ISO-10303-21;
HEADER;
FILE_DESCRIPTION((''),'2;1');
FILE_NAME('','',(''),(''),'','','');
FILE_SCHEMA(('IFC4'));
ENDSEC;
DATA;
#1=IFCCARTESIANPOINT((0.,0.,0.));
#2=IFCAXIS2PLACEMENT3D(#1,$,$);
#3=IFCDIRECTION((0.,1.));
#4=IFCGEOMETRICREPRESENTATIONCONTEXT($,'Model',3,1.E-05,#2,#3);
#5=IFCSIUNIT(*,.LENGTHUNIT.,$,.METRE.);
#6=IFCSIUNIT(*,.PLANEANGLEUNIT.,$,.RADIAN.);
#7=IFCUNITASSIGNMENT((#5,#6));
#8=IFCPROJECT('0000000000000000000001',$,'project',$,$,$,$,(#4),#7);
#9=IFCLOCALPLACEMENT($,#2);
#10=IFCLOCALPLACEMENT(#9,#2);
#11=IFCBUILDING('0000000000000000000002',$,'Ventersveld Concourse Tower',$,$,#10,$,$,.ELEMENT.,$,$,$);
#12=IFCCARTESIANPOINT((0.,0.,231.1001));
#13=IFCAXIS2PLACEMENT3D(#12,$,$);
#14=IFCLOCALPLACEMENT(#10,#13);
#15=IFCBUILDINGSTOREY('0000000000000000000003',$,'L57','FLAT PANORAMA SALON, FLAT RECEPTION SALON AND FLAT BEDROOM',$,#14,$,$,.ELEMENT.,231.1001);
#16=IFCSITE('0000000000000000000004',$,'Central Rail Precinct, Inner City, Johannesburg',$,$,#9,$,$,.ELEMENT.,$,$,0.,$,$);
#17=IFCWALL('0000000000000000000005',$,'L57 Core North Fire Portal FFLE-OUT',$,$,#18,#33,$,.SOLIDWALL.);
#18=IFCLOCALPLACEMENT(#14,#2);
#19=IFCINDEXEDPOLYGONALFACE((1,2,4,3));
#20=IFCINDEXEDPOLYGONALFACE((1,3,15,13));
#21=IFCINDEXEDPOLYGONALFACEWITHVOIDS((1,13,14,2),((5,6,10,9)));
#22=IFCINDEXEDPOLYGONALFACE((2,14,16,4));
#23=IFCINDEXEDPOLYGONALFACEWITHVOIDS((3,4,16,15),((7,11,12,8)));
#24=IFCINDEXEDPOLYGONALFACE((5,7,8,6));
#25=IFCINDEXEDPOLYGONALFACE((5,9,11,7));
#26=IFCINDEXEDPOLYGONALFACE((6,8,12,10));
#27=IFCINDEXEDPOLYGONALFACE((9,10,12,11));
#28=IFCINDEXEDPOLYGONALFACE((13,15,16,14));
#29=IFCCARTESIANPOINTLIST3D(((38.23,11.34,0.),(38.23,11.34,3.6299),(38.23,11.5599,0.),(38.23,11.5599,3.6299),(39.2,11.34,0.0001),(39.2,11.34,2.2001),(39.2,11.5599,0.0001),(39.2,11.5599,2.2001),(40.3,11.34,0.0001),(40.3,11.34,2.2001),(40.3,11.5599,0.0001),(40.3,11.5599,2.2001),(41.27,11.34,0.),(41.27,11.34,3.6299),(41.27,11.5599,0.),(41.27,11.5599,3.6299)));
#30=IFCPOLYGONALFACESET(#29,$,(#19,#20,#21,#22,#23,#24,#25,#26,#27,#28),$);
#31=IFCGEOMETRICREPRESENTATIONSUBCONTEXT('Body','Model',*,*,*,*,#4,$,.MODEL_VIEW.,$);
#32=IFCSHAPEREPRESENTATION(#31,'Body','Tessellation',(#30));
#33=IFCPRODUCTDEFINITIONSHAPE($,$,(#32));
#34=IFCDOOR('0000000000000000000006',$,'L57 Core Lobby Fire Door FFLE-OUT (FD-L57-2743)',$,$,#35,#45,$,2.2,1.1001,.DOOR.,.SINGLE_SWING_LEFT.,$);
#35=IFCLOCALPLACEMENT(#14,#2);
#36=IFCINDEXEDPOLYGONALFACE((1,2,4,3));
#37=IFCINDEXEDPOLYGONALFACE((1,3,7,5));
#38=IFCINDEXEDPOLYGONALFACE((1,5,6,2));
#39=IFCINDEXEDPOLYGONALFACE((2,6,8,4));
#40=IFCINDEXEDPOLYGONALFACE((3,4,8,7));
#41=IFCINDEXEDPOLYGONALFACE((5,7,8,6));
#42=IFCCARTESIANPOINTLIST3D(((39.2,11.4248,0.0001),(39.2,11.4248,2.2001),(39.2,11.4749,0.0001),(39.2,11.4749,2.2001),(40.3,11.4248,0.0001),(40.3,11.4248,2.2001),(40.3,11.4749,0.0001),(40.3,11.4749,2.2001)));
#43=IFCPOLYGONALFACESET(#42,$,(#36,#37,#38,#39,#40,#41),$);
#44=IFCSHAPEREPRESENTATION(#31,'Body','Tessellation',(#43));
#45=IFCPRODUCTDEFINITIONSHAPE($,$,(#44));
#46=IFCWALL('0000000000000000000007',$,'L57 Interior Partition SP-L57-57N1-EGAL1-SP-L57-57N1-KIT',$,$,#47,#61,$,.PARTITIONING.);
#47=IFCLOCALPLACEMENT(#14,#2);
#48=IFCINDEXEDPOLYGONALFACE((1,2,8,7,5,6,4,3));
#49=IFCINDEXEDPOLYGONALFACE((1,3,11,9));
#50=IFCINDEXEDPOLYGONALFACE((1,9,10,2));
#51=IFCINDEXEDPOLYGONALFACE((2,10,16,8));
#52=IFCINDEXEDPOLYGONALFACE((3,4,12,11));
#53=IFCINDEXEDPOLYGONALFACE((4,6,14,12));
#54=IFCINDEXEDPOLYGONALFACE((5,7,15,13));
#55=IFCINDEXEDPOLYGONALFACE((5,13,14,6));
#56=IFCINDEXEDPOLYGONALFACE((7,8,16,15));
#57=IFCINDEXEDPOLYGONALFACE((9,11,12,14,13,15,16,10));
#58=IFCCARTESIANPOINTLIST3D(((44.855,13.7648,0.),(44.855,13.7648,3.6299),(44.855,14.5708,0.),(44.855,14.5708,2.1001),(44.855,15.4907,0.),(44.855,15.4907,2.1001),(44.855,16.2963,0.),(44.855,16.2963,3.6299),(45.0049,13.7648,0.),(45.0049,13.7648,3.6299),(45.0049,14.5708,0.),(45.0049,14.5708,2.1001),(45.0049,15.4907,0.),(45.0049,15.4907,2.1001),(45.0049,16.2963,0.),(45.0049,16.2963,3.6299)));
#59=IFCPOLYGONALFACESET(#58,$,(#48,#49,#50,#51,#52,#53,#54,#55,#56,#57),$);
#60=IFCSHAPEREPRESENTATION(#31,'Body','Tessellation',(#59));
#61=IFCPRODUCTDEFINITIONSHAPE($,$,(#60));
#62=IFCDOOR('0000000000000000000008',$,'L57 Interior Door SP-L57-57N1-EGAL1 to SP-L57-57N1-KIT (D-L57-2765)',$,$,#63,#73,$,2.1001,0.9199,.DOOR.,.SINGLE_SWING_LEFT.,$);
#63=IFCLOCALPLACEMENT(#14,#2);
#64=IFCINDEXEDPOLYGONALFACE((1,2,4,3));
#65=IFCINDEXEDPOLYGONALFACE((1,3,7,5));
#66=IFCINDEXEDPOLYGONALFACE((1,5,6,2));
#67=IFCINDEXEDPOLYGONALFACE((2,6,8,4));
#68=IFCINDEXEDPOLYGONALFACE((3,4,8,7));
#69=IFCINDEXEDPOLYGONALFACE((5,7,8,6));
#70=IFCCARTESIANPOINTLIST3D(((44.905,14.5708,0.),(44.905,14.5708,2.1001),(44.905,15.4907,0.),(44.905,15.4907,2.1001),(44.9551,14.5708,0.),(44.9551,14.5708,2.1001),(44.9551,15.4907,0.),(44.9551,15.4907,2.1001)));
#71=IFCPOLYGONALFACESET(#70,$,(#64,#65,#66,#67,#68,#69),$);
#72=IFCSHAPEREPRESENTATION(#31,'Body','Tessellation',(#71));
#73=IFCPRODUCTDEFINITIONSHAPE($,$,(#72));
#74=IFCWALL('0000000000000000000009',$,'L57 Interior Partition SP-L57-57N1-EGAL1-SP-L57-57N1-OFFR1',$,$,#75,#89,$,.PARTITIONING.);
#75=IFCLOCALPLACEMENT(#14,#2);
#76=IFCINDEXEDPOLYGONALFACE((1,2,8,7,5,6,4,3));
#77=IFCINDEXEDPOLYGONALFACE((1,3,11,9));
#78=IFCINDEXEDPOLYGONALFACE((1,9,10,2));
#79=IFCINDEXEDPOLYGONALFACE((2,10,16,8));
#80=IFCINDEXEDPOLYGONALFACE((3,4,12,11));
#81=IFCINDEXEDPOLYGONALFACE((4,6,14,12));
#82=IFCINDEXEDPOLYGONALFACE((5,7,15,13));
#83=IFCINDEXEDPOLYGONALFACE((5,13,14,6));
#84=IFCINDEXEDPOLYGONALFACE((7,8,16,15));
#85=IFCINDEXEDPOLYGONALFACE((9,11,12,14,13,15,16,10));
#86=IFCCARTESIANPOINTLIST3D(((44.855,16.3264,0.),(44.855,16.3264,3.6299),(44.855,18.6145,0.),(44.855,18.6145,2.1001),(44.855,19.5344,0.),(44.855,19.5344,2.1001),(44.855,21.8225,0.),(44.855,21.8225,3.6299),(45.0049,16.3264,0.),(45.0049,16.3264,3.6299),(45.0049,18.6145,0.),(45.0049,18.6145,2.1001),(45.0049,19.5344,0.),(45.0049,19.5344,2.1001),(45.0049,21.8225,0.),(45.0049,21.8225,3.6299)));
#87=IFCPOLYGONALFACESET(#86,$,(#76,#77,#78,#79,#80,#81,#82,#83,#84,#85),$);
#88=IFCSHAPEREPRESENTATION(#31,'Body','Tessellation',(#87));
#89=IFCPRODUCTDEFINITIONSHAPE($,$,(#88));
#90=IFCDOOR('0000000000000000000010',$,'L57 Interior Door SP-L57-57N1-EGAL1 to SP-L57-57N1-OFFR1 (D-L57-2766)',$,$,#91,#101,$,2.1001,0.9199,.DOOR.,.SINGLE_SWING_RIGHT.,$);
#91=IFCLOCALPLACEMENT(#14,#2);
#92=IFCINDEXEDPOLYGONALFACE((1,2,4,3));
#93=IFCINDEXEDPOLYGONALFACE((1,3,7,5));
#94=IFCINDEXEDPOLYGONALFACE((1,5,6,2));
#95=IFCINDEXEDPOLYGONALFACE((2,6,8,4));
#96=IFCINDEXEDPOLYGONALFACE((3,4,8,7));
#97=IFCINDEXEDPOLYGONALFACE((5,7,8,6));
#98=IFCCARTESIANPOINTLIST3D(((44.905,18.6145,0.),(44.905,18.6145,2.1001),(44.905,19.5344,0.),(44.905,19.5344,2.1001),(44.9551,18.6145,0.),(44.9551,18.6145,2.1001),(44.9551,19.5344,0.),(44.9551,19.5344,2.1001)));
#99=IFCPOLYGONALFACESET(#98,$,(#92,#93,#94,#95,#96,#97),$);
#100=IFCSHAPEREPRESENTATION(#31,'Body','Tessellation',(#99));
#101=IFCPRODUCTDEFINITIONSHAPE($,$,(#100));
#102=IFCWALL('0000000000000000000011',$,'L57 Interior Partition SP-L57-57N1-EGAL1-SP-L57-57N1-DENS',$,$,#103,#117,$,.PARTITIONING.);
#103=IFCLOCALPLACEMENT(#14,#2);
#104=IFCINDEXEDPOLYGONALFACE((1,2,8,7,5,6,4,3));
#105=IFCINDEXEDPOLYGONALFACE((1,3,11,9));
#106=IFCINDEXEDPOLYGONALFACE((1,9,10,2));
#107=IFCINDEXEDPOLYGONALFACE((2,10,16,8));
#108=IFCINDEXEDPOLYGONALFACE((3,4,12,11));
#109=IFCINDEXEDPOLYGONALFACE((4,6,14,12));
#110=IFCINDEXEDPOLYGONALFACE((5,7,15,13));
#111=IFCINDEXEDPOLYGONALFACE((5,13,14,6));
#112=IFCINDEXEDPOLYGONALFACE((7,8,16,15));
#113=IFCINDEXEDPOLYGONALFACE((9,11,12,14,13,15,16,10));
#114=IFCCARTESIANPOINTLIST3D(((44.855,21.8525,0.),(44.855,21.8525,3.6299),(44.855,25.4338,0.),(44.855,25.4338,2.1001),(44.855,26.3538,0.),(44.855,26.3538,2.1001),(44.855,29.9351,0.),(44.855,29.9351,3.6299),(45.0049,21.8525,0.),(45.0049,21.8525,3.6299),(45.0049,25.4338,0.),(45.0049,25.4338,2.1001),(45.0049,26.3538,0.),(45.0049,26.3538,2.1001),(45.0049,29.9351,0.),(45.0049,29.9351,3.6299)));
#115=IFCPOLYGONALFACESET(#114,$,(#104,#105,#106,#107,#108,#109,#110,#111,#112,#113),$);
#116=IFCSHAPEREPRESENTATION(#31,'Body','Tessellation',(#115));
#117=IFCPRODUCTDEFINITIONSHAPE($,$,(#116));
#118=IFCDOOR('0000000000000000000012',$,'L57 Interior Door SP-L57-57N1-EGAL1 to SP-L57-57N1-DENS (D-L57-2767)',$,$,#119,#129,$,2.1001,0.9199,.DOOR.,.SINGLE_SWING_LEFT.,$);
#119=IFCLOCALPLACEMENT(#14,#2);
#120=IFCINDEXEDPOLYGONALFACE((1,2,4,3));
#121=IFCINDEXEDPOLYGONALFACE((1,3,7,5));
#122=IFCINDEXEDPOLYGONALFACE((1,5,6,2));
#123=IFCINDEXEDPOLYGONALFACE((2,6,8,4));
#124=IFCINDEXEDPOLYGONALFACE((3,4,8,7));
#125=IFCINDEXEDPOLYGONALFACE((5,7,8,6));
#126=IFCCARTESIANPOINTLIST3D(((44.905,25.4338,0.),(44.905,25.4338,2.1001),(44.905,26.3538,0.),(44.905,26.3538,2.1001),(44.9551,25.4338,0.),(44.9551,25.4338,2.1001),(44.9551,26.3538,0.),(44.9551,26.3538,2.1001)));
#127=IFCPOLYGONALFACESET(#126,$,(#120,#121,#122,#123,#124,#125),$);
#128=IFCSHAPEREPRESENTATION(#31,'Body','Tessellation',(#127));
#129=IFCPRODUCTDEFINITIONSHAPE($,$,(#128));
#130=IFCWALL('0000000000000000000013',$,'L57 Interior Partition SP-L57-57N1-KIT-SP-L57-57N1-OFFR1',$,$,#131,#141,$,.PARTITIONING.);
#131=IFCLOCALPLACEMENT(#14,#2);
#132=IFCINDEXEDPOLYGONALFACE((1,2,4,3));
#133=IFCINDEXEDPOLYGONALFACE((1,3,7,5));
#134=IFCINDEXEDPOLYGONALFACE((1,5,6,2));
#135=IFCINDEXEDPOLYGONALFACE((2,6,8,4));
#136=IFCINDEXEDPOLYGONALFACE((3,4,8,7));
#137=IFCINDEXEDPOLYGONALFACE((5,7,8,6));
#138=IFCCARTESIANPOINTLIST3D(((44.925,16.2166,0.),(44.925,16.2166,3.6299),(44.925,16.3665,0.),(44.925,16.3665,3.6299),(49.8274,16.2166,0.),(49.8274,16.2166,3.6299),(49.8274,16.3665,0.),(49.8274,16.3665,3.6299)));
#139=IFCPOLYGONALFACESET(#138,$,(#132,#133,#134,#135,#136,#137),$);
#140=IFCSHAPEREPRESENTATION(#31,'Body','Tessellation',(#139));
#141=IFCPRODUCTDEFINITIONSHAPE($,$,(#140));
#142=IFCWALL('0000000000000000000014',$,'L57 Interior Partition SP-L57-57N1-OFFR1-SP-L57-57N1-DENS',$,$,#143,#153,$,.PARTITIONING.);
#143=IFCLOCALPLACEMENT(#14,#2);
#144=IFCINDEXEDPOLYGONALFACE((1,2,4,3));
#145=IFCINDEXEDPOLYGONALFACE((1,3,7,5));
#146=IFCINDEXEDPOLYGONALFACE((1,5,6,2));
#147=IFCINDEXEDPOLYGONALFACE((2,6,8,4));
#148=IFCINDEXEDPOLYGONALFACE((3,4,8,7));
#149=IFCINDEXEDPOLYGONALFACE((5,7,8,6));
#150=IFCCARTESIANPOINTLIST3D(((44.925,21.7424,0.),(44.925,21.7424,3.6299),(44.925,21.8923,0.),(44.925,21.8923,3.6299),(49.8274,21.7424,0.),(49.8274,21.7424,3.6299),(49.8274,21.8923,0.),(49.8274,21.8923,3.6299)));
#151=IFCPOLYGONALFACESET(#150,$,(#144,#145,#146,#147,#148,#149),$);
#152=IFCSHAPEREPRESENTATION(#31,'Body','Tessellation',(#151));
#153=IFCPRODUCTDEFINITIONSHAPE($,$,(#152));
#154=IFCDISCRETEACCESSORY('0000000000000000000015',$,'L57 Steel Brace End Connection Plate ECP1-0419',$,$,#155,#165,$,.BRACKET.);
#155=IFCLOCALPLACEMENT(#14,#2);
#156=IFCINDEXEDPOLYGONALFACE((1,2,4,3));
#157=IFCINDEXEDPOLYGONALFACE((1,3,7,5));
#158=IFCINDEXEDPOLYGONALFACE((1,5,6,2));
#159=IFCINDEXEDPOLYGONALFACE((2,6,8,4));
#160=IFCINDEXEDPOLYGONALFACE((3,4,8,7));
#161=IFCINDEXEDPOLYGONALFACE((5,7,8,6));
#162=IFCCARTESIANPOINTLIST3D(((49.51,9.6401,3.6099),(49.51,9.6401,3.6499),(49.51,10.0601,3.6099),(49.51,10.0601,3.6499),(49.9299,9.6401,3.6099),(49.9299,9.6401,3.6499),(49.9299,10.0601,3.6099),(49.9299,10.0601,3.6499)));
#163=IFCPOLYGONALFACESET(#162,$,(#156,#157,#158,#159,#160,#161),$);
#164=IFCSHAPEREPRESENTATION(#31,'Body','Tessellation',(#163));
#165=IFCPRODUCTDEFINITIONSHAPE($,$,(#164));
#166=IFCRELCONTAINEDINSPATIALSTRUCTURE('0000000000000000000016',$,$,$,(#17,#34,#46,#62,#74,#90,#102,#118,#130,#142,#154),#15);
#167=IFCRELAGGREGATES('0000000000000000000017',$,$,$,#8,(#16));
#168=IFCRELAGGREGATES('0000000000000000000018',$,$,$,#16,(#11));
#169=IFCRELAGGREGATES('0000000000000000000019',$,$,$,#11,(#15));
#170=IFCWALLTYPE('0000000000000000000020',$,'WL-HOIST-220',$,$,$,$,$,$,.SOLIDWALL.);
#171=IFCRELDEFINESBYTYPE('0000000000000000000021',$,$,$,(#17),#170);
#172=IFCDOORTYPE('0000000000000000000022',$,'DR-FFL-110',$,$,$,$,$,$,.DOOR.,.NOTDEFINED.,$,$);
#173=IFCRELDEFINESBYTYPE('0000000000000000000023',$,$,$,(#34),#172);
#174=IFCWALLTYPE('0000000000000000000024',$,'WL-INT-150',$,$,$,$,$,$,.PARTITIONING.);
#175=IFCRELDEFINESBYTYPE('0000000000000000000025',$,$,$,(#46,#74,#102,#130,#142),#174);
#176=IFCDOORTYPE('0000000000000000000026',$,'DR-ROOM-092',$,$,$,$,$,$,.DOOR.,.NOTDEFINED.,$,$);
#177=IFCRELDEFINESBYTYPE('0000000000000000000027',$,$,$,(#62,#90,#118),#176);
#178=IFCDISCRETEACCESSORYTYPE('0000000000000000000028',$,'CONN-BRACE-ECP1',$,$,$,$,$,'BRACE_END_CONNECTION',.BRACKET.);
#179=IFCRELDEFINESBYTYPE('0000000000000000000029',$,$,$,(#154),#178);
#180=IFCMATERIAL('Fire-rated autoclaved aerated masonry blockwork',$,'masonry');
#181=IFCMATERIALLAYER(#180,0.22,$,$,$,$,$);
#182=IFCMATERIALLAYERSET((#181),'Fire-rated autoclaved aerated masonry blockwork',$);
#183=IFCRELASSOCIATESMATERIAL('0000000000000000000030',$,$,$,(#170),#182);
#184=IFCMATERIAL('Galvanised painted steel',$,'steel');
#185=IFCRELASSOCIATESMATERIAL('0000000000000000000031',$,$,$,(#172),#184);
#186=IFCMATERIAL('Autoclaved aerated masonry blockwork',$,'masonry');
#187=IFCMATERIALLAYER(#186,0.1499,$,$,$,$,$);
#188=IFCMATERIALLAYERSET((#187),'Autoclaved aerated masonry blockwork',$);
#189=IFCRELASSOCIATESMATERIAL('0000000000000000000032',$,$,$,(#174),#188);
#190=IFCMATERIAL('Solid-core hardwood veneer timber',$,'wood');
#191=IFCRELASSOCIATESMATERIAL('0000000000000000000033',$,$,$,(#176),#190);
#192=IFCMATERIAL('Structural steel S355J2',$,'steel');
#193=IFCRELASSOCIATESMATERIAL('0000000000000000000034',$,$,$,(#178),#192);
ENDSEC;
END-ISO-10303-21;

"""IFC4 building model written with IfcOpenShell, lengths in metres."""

from ifc_helpers import new_model, si_unit, direction, frame, frame_2d, origin, origin_2d, place, context, subcontext, project, spatial, rectangle, extrude, material, layer, layer_set, type_object, element, fill, save


model = new_model("IFC4")

# Units and contexts
model_context = context("Model", 3, precision=1e-05, world=origin(), true_north=direction((0.0, 1.0)))
body_context = subcontext(model_context, "Body", "Model", "MODEL_VIEW")
ifc_project = project(units=[si_unit("LENGTHUNIT", "METRE"), si_unit("PLANEANGLEUNIT", "RADIAN")], contexts=[model_context])

# Site, building, storey
site_placement = place(None, origin())
site = spatial("IfcSite", under=ifc_project, at=site_placement, Name="Central Rail Precinct, Inner City, Johannesburg", CompositionType="ELEMENT", RefElevation=0.0)
building_placement = place(site_placement, origin())
building = spatial("IfcBuilding", under=site, at=building_placement, Name="Ventersveld Concourse Tower", CompositionType="ELEMENT")
storey_placement = place(building_placement, frame((0.0, 0.0, 231.1001)))
storey = spatial("IfcBuildingStorey", under=building, at=storey_placement, Name="L57", Description="FLAT PANORAMA SALON, FLAT RECEPTION SALON AND FLAT BEDROOM", CompositionType="ELEMENT", Elevation=231.1001)

# Shared definitions
ifc_material_1 = material(Name="Structural steel S355J2", Category="steel")

# Shared definitions
ifc_material_2 = material(Name="Fire-rated autoclaved aerated masonry blockwork", Category="masonry")

# Walls, openings, doors
ifc_layer_1 = layer(ifc_material_2, 0.22)
ifc_layer_set_1 = layer_set([ifc_layer_1], Name="Fire-rated autoclaved aerated masonry blockwork")
wall_type_1 = type_object("IfcWallType", Name="WL-HOIST-220", PredefinedType="SOLIDWALL", material=ifc_layer_set_1)
ifc_material_3 = material(Name="Galvanised painted steel", Category="steel")
door_type_1 = type_object("IfcDoorType", Name="DR-FFL-110", OperationType="NOTDEFINED", PredefinedType="DOOR", material=ifc_material_3)
wall_1_placement = place(storey_placement, frame((38.23, 11.45, 0.0), z_axis=(0.0, 0.0, 1.0), x_axis=(1.0, 0.0, 0.0)))
wall_1 = element("IfcWall", 1, at=wall_1_placement, inside=storey, type_object=wall_type_1, Name="L57 Core North Fire Portal FFLE-OUT", PredefinedType="SOLIDWALL", context=body_context, shape_type="SweptSolid", body=[
    extrude(rectangle(XDim=3.04, YDim=0.22, at=frame_2d((1.52, 0.0))), origin(), (0.0, 0.0, 1.0), 3.6299),
])
opening_1_placement = place(wall_1_placement, frame((0.97, 0.0, 0.0)))
opening_1 = element("IfcOpeningElement", 2, at=opening_1_placement, cuts=wall_1, PredefinedType="OPENING", context=body_context, shape_type="SweptSolid", body=[
    extrude(rectangle(XDim=1.1001, YDim=2.2, at=frame_2d((0.55, 1.1001))), frame((0.0, 0.1201, 0.0), z_axis=(0.0, -1.0, 0.0), x_axis=(1.0, 0.0, 0.0)), (0.0, 0.0, 1.0), 0.24),
])
door_1_placement = place(opening_1_placement, origin())
door_1 = element("IfcDoor", 3, at=door_1_placement, inside=storey, type_object=door_type_1, Name="L57 Core Lobby Fire Door FFLE-OUT (FD-L57-2743)", OperationType="SINGLE_SWING_LEFT", OverallHeight=2.2, OverallWidth=1.1001, PredefinedType="DOOR", context=body_context, shape_type="SweptSolid", body=[
    extrude(rectangle(XDim=1.1001, YDim=2.2, at=frame_2d((0.55, 1.1001))), frame((0.0, 0.0249, 0.0), z_axis=(0.0, -1.0, 0.0), x_axis=(1.0, 0.0, 0.0)), (0.0, 0.0, 1.0), 0.05),
])
fill(opening_1, door_1)
ifc_material_4 = material(Name="Autoclaved aerated masonry blockwork", Category="masonry")
ifc_layer_2 = layer(ifc_material_4, 0.1499)
ifc_layer_set_2 = layer_set([ifc_layer_2], Name="Autoclaved aerated masonry blockwork")
wall_type_2 = type_object("IfcWallType", Name="WL-INT-150", PredefinedType="PARTITIONING", material=ifc_layer_set_2)
wall_2_placement = place(storey_placement, frame((44.9299, 13.7649, 0.0), z_axis=(0.0, 0.0, 1.0), x_axis=(0.0, 1.0, 0.0)))
wall_2 = element("IfcWall", 4, at=wall_2_placement, inside=storey, type_object=wall_type_2, Name="L57 Interior Partition SP-L57-57N1-EGAL1-SP-L57-57N1-KIT", PredefinedType="PARTITIONING", context=body_context, shape_type="SweptSolid", body=[
    extrude(rectangle(XDim=2.5315, YDim=0.1499, at=frame_2d((1.2656, 0.0))), origin(), (0.0, 0.0, 1.0), 3.6299),
])
opening_2_placement = place(wall_2_placement, frame((0.8059, 0.0, 0.0)))
opening_2 = element("IfcOpeningElement", 5, at=opening_2_placement, cuts=wall_2, PredefinedType="OPENING", context=body_context, shape_type="SweptSolid", body=[
    extrude(rectangle(XDim=0.9199, YDim=2.1001, at=frame_2d((0.46, 1.05))), frame((0.0, 0.085, 0.0), z_axis=(0.0, -1.0, 0.0), x_axis=(1.0, 0.0, 0.0)), (0.0, 0.0, 1.0), 0.1699),
])
ifc_material_5 = material(Name="Solid-core hardwood veneer timber", Category="wood")
door_type_2 = type_object("IfcDoorType", Name="DR-ROOM-092", OperationType="NOTDEFINED", PredefinedType="DOOR", material=ifc_material_5)
door_2_placement = place(opening_2_placement, origin())
door_2 = element("IfcDoor", 6, at=door_2_placement, inside=storey, type_object=door_type_2, Name="L57 Interior Door SP-L57-57N1-EGAL1 to SP-L57-57N1-KIT (D-L57-2765)", OperationType="SINGLE_SWING_LEFT", OverallHeight=2.1001, OverallWidth=0.9199, PredefinedType="DOOR", context=body_context, shape_type="SweptSolid", body=[
    extrude(rectangle(XDim=0.9199, YDim=2.1001, at=frame_2d((0.46, 1.05))), frame((0.0, 0.0249, 0.0), z_axis=(0.0, -1.0, 0.0), x_axis=(1.0, 0.0, 0.0)), (0.0, 0.0, 1.0), 0.05),
])
fill(opening_2, door_2)
wall_3_placement = place(storey_placement, frame((44.9299, 16.3264, 0.0), z_axis=(0.0, 0.0, 1.0), x_axis=(0.0, 1.0, 0.0)))
wall_3 = element("IfcWall", 7, at=wall_3_placement, inside=storey, type_object=wall_type_2, Name="L57 Interior Partition SP-L57-57N1-EGAL1-SP-L57-57N1-OFFR1", PredefinedType="PARTITIONING", context=body_context, shape_type="SweptSolid", body=[
    extrude(rectangle(XDim=5.4961, YDim=0.1499, at=frame_2d((2.748, 0.0))), origin(), (0.0, 0.0, 1.0), 3.6299),
])
opening_3_placement = place(wall_3_placement, frame((2.2881, 0.0, 0.0)))
opening_3 = element("IfcOpeningElement", 8, at=opening_3_placement, cuts=wall_3, PredefinedType="OPENING", context=body_context, shape_type="SweptSolid", body=[
    extrude(rectangle(XDim=0.9199, YDim=2.1001, at=frame_2d((0.46, 1.05))), frame((0.0, 0.085, 0.0), z_axis=(0.0, -1.0, 0.0), x_axis=(1.0, 0.0, 0.0)), (0.0, 0.0, 1.0), 0.1699),
])
door_3_placement = place(opening_3_placement, origin())
door_3 = element("IfcDoor", 9, at=door_3_placement, inside=storey, type_object=door_type_2, Name="L57 Interior Door SP-L57-57N1-EGAL1 to SP-L57-57N1-OFFR1 (D-L57-2766)", OperationType="SINGLE_SWING_RIGHT", OverallHeight=2.1001, OverallWidth=0.9199, PredefinedType="DOOR", context=body_context, shape_type="SweptSolid", body=[
    extrude(rectangle(XDim=0.9199, YDim=2.1001, at=frame_2d((0.46, 1.05))), frame((0.0, 0.0249, 0.0), z_axis=(0.0, -1.0, 0.0), x_axis=(1.0, 0.0, 0.0)), (0.0, 0.0, 1.0), 0.05),
])
fill(opening_3, door_3)
wall_4_placement = place(storey_placement, frame((44.9299, 21.8525, 0.0), z_axis=(0.0, 0.0, 1.0), x_axis=(0.0, 1.0, 0.0)))
wall_4 = element("IfcWall", 10, at=wall_4_placement, inside=storey, type_object=wall_type_2, Name="L57 Interior Partition SP-L57-57N1-EGAL1-SP-L57-57N1-DENS", PredefinedType="PARTITIONING", context=body_context, shape_type="SweptSolid", body=[
    extrude(rectangle(XDim=8.0825, YDim=0.1499, at=frame_2d((4.0413, 0.0))), origin(), (0.0, 0.0, 1.0), 3.6299),
])
opening_4_placement = place(wall_4_placement, frame((3.5813, 0.0, 0.0)))
opening_4 = element("IfcOpeningElement", 11, at=opening_4_placement, cuts=wall_4, PredefinedType="OPENING", context=body_context, shape_type="SweptSolid", body=[
    extrude(rectangle(XDim=0.9199, YDim=2.1001, at=frame_2d((0.46, 1.05))), frame((0.0, 0.085, 0.0), z_axis=(0.0, -1.0, 0.0), x_axis=(1.0, 0.0, 0.0)), (0.0, 0.0, 1.0), 0.1699),
])
door_4_placement = place(opening_4_placement, origin())
door_4 = element("IfcDoor", 12, at=door_4_placement, inside=storey, type_object=door_type_2, Name="L57 Interior Door SP-L57-57N1-EGAL1 to SP-L57-57N1-DENS (D-L57-2767)", OperationType="SINGLE_SWING_LEFT", OverallHeight=2.1001, OverallWidth=0.9199, PredefinedType="DOOR", context=body_context, shape_type="SweptSolid", body=[
    extrude(rectangle(XDim=0.9199, YDim=2.1001, at=frame_2d((0.46, 1.05))), frame((0.0, 0.0249, 0.0), z_axis=(0.0, -1.0, 0.0), x_axis=(1.0, 0.0, 0.0)), (0.0, 0.0, 1.0), 0.05),
])
fill(opening_4, door_4)

# Walls
for number, where, z_axis, x_axis, name in (
    (13, (44.925, 16.2915, 0.0), (0.0, 0.0, 1.0), (1.0, 0.0, 0.0), "L57 Interior Partition SP-L57-57N1-KIT-SP-L57-57N1-OFFR1"),
    (14, (44.925, 21.8174, 0.0), (0.0, 0.0, 1.0), (1.0, 0.0, 0.0), "L57 Interior Partition SP-L57-57N1-OFFR1-SP-L57-57N1-DENS"),
):
    element("IfcWall", number, at=place(storey_placement, frame(where, z_axis=z_axis, x_axis=x_axis)), inside=storey, type_object=wall_type_2, Name=name, PredefinedType="PARTITIONING", context=body_context, shape_type="SweptSolid", body=[
        extrude(rectangle(XDim=4.9023, YDim=0.1499, at=frame_2d((2.4512, 0.0))), origin(), (0.0, 0.0, 1.0), 3.6299),
    ])

# Discrete accessory
discrete_accessory_type = type_object("IfcDiscreteAccessoryType", Name="CONN-BRACE-ECP1", ElementType="BRACE_END_CONNECTION", PredefinedType="BRACKET", material=ifc_material_1)
discrete_accessory_placement = place(storey_placement, frame((49.72, 9.8501, 3.6099), z_axis=(0.0, 0.0, 1.0), x_axis=(1.0, 0.0, 0.0)))
element("IfcDiscreteAccessory", 15, at=discrete_accessory_placement, inside=storey, type_object=discrete_accessory_type, Name="L57 Steel Brace End Connection Plate ECP1-0419", PredefinedType="BRACKET", context=body_context, shape_type="SweptSolid", body=[
    extrude(rectangle(XDim=0.4199, YDim=0.4199, at=origin_2d()), origin(), (0.0, 0.0, 1.0), 0.04),
])

save(model, "model.ifc")
